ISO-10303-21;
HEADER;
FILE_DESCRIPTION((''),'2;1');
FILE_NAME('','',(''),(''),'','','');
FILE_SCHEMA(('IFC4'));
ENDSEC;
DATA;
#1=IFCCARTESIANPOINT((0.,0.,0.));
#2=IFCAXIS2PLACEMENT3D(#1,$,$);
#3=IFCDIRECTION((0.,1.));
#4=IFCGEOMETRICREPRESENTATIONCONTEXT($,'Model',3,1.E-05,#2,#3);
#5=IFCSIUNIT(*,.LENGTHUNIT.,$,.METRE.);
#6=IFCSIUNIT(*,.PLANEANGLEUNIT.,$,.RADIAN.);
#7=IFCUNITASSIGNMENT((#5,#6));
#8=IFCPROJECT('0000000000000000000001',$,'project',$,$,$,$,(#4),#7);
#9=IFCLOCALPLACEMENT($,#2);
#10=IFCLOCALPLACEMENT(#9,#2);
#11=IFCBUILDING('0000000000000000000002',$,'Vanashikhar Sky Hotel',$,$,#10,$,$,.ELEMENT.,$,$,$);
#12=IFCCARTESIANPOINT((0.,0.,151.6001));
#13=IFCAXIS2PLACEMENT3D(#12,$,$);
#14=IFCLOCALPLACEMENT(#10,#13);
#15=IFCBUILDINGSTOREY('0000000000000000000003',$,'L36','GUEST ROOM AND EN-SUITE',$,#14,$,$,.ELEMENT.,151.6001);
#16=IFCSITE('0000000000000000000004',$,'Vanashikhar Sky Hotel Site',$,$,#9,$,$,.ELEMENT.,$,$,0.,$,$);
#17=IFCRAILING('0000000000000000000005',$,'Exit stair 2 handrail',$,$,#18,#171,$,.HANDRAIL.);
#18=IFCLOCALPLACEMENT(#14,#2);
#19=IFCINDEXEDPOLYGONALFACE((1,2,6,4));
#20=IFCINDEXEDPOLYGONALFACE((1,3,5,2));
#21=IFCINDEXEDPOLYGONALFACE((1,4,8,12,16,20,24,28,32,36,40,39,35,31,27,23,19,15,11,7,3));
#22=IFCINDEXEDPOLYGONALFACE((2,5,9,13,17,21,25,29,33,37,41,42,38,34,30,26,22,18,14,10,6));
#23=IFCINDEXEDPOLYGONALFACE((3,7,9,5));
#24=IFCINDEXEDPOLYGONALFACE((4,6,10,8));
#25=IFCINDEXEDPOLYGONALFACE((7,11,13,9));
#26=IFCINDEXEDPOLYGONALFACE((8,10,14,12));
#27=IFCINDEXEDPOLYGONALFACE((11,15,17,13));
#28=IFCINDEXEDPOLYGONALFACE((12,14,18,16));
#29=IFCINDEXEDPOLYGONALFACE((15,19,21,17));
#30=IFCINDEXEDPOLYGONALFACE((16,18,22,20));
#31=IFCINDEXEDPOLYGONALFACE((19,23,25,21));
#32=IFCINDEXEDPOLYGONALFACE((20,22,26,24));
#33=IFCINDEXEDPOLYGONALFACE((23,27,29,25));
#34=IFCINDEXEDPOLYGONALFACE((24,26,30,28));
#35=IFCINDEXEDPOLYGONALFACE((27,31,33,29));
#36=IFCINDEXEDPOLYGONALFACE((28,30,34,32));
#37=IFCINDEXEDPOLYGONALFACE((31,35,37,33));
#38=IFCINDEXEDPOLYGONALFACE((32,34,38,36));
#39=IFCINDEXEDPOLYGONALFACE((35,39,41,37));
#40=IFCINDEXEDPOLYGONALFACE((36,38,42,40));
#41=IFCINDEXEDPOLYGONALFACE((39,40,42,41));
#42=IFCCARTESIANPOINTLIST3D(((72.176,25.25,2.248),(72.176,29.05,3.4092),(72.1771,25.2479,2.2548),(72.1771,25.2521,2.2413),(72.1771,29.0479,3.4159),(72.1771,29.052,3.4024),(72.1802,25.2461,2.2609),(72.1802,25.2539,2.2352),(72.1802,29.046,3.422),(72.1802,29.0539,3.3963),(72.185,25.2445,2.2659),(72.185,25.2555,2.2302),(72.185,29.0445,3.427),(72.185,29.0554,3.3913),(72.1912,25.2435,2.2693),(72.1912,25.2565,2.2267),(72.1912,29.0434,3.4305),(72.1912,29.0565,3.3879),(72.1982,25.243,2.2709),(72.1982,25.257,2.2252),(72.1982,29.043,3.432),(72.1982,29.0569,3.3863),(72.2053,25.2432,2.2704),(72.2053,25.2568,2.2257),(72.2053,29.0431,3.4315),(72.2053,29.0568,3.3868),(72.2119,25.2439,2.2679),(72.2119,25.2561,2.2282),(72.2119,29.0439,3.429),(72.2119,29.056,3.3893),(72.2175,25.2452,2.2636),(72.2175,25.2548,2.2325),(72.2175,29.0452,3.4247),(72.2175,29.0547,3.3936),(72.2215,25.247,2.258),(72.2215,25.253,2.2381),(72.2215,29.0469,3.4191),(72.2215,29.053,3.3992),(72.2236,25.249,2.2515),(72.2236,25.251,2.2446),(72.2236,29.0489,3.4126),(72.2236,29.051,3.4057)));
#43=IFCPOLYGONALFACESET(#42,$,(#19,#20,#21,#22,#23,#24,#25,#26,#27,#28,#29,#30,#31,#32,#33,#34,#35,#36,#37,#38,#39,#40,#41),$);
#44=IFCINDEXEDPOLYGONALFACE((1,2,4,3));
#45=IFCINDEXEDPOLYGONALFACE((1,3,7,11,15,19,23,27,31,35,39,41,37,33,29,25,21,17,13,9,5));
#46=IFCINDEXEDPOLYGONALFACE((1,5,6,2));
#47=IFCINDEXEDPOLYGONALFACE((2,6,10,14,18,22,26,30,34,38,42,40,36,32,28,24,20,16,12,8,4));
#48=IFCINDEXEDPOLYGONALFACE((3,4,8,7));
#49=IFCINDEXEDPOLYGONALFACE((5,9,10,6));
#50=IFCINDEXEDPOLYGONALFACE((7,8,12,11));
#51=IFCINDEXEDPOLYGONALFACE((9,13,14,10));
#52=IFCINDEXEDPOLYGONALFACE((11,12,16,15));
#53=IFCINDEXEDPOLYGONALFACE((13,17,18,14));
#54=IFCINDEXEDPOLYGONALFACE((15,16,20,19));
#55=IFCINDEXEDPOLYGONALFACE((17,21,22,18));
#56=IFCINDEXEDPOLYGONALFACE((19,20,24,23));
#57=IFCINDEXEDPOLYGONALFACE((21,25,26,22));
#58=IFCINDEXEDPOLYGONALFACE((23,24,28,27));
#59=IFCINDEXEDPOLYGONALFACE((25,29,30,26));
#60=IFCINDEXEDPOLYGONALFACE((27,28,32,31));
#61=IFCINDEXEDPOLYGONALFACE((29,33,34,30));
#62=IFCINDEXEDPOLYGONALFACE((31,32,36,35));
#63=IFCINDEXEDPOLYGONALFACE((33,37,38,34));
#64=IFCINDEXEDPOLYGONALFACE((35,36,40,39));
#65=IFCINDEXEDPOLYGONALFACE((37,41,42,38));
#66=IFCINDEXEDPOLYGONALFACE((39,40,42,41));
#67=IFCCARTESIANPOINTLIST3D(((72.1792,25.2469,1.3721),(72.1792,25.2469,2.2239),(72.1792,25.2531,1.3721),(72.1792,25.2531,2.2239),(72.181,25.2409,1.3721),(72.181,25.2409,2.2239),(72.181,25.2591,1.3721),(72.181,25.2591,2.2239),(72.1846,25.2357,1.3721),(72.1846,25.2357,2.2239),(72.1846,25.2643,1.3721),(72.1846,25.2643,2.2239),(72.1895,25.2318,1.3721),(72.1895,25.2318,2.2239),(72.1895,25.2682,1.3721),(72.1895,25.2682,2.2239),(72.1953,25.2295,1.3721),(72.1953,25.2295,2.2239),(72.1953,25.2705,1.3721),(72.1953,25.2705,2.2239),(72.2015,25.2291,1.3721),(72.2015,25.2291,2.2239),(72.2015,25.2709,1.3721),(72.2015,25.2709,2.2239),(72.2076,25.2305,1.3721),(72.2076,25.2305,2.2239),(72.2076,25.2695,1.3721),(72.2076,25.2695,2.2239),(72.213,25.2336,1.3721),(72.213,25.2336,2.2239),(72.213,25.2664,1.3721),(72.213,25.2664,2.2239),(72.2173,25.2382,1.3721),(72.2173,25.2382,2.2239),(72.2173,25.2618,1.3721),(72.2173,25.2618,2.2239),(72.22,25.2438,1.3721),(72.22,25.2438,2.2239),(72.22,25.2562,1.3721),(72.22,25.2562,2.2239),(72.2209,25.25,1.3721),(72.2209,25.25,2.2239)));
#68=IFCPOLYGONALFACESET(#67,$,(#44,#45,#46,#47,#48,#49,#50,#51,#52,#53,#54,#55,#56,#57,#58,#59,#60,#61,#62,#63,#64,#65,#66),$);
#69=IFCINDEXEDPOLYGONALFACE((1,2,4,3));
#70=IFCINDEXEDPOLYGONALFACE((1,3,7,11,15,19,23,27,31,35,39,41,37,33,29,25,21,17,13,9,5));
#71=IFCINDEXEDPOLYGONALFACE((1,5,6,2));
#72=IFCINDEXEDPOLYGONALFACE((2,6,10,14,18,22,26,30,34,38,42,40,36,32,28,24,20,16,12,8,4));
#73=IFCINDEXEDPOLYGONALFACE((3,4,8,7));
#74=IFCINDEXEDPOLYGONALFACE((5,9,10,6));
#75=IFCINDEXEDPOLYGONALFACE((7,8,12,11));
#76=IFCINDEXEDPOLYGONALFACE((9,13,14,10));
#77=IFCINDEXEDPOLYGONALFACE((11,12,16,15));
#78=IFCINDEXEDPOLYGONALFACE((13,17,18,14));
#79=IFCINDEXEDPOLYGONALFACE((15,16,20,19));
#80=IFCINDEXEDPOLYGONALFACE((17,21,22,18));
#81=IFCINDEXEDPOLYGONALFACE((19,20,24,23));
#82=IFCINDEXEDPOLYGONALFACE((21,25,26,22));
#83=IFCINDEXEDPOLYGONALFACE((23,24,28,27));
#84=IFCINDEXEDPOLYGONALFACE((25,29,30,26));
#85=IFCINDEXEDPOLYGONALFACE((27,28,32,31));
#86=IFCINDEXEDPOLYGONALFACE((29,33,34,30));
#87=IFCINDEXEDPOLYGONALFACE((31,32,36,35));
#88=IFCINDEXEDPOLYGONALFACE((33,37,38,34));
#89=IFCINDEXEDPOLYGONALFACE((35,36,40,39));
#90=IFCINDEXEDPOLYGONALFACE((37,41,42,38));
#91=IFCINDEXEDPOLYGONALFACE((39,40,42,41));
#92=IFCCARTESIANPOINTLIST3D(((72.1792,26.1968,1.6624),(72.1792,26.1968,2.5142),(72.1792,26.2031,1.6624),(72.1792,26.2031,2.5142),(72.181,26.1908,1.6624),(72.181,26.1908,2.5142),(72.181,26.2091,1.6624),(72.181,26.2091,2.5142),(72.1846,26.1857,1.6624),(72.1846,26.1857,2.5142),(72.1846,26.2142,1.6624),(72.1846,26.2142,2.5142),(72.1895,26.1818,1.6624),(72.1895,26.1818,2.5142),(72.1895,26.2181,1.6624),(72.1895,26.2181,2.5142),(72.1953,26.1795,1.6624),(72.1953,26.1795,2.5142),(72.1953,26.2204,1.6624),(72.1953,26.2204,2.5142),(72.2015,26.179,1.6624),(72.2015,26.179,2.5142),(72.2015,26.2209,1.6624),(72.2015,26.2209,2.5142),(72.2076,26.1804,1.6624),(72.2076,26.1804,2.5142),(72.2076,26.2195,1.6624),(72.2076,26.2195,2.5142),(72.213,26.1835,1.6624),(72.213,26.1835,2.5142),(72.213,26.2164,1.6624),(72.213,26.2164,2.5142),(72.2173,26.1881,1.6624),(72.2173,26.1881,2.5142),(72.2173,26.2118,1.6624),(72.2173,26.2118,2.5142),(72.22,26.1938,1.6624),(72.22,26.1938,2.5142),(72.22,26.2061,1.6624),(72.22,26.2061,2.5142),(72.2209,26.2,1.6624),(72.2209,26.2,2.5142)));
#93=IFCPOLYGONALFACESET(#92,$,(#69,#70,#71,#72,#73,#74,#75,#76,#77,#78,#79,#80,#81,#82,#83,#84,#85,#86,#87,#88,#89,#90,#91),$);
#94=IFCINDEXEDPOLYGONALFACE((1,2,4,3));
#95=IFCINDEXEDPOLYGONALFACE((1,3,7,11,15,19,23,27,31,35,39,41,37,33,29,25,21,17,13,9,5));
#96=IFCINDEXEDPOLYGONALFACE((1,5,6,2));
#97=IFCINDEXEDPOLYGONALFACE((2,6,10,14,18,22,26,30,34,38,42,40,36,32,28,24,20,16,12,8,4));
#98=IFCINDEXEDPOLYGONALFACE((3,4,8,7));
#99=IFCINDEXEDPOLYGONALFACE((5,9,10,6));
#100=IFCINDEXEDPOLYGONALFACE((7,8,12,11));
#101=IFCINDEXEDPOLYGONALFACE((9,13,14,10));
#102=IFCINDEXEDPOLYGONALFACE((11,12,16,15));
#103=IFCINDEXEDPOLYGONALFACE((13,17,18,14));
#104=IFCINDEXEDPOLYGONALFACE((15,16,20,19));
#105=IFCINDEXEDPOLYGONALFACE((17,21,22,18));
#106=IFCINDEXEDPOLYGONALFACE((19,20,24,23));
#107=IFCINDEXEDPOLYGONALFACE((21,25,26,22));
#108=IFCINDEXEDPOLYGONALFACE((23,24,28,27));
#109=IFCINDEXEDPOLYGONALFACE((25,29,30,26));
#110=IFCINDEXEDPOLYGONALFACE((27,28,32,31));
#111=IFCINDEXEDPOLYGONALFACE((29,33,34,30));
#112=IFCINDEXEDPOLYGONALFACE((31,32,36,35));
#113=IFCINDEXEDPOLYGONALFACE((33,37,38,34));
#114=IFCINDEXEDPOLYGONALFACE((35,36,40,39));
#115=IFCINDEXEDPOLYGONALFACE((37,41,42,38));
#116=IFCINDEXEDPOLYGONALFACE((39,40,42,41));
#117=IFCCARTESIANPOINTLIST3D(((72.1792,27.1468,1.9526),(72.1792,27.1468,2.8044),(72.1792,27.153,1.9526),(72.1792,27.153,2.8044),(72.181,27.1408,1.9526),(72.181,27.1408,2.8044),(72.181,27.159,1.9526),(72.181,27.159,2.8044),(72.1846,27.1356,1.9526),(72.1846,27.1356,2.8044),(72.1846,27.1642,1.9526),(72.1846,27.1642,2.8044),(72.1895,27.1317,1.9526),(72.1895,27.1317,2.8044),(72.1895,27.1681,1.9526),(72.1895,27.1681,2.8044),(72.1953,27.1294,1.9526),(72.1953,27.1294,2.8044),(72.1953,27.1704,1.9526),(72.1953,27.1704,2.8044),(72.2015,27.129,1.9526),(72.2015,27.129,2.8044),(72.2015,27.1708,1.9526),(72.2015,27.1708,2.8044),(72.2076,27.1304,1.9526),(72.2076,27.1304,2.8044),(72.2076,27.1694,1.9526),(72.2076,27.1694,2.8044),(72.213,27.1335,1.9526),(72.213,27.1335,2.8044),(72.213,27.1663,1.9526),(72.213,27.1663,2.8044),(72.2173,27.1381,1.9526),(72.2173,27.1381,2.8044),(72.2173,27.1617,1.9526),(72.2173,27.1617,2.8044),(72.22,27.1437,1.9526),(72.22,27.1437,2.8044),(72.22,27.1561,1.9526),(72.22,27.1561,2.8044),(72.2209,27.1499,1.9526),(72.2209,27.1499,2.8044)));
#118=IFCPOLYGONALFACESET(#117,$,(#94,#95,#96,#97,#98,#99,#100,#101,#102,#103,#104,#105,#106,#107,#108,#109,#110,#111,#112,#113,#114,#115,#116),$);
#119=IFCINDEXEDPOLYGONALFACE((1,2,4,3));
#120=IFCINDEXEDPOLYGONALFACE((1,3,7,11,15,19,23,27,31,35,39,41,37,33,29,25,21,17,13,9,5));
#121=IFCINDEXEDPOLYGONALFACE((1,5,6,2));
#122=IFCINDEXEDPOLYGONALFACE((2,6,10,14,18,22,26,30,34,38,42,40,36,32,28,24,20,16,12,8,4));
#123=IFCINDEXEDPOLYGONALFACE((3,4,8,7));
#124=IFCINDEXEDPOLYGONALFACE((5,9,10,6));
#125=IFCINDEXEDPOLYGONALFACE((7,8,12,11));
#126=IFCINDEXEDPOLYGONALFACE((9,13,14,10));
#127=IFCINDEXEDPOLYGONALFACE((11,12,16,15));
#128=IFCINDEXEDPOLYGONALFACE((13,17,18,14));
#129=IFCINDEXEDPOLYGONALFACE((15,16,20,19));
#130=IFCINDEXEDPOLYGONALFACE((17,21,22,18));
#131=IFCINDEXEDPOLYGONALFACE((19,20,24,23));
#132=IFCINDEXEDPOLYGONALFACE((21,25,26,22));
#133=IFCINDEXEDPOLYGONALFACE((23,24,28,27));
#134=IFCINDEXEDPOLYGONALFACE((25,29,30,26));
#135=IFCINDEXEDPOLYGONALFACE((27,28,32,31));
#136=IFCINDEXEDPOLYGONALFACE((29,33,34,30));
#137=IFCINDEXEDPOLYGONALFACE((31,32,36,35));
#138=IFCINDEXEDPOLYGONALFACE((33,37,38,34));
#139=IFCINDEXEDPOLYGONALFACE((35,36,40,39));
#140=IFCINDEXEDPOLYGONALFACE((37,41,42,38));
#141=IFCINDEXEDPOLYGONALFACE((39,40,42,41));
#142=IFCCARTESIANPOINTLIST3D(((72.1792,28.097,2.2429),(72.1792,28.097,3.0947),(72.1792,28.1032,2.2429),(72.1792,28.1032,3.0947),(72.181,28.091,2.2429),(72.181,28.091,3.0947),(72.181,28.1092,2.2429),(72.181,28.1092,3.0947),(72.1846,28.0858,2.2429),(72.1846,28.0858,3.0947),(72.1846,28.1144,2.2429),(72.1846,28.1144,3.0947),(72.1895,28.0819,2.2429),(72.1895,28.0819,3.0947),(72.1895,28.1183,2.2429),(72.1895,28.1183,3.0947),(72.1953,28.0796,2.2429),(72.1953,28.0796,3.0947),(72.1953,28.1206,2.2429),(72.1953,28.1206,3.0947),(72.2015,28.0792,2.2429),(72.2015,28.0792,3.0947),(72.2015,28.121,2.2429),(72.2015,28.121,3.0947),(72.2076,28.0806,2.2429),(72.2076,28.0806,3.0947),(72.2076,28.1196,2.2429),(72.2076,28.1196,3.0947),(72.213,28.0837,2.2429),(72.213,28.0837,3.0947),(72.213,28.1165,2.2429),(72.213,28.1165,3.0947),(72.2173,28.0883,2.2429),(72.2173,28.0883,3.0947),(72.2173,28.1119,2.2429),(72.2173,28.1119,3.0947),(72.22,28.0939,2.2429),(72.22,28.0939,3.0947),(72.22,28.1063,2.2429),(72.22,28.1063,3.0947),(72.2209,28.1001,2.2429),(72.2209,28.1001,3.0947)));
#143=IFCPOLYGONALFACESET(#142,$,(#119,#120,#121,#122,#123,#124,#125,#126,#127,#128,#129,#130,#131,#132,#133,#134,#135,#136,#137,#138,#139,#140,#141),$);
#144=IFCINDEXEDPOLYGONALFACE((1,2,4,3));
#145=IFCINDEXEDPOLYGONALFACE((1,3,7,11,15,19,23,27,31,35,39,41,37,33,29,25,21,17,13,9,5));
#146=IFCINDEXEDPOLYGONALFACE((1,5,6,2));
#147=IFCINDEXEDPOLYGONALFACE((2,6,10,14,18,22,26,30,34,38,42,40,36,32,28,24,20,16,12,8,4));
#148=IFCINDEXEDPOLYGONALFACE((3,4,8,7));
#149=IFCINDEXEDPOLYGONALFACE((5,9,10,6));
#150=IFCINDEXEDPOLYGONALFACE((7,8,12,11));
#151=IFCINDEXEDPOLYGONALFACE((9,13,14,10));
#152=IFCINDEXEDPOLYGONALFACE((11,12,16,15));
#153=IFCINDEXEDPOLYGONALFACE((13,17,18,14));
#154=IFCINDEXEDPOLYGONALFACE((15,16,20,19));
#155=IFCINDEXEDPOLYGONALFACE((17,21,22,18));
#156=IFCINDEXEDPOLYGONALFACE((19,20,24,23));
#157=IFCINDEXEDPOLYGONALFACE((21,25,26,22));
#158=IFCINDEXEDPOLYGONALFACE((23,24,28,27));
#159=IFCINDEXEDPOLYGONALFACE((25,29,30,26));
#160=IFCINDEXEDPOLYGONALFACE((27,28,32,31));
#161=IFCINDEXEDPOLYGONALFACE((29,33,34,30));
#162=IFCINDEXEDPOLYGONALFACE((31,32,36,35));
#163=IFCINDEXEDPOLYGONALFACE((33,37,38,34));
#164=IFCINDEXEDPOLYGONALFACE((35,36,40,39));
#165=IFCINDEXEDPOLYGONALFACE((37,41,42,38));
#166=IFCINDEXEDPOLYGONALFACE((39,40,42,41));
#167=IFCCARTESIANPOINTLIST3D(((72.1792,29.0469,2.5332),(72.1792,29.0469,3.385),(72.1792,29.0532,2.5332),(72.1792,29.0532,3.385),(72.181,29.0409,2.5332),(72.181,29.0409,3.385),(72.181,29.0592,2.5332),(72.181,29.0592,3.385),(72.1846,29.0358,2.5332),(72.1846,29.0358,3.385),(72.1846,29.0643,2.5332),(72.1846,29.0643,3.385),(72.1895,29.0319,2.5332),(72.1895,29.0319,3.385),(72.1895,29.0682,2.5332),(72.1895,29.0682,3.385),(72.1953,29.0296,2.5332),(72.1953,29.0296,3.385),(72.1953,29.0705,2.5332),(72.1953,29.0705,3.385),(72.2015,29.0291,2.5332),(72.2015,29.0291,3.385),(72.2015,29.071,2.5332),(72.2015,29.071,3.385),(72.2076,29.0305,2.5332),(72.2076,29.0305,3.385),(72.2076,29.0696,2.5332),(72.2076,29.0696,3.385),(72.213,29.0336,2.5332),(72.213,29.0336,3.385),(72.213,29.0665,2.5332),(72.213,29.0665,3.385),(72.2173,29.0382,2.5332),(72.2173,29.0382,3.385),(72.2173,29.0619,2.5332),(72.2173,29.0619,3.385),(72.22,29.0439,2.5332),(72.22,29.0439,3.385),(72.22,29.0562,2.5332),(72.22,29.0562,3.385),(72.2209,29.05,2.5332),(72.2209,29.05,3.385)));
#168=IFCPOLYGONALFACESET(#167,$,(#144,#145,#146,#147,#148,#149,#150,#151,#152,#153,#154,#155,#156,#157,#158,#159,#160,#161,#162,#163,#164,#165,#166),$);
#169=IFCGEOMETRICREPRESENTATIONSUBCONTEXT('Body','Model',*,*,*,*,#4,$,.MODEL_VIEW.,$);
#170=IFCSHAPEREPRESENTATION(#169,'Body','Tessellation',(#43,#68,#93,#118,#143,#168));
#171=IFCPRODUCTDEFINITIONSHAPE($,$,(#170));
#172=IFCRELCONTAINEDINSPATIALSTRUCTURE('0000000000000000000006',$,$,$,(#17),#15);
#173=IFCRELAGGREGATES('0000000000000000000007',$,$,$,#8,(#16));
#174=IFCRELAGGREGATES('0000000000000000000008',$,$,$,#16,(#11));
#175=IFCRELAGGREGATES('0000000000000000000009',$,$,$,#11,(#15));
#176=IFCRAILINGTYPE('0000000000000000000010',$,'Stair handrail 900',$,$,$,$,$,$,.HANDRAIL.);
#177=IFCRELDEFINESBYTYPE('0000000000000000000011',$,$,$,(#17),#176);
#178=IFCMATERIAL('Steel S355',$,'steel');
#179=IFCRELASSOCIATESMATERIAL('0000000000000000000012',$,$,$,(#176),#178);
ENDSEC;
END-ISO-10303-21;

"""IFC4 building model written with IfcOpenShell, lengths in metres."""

from ifc_helpers import new_model, si_unit, direction, frame, origin, origin_2d, place, context, subcontext, project, spatial, circle, extrude, source, transform, mapped, material, type_object, element, save


model = new_model("IFC4")

# Units and contexts
model_context = context("Model", 3, precision=1e-05, world=origin(), true_north=direction((0.0, 1.0)))
body_context = subcontext(model_context, "Body", "Model", "MODEL_VIEW")
ifc_project = project(units=[si_unit("LENGTHUNIT", "METRE"), si_unit("PLANEANGLEUNIT", "RADIAN")], contexts=[model_context])

# Site, building, storey
site_placement = place(None, origin())
site = spatial("IfcSite", under=ifc_project, at=site_placement, Name="Vanashikhar Sky Hotel Site", CompositionType="ELEMENT", RefElevation=0.0)
building_placement = place(site_placement, origin())
building = spatial("IfcBuilding", under=site, at=building_placement, Name="Vanashikhar Sky Hotel", CompositionType="ELEMENT")
storey_placement = place(building_placement, frame((0.0, 0.0, 151.6001)))
storey = spatial("IfcBuildingStorey", under=building, at=storey_placement, Name="L36", Description="GUEST ROOM AND EN-SUITE", CompositionType="ELEMENT", Elevation=151.6001)

# Railing
ifc_material_1 = material(Name="Steel S355", Category="steel")
railing_type_1 = type_object("IfcRailingType", Name="Stair handrail 900", PredefinedType="HANDRAIL", material=ifc_material_1)
shared_shape_1 = source(origin(), body_context, "Body", "SweptSolid", [
    extrude(circle(Radius=0.0239, at=origin_2d()), frame((0.0, 0.0, 0.876), z_axis=(0.0, 0.956351, 0.29222), x_axis=(-1.0, 0.0, 0.0)), (0.0, 0.0, 1.0), 3.9734),
    extrude(circle(Radius=0.021, at=origin_2d()), origin(), (0.0, 0.0, 1.0), 0.8518),
    extrude(circle(Radius=0.021, at=origin_2d()), frame((0.0, 0.95, 0.2903)), (0.0, 0.0, 1.0), 0.8518),
    extrude(circle(Radius=0.021, at=origin_2d()), frame((0.0, 1.8999, 0.5806)), (0.0, 0.0, 1.0), 0.8518),
    extrude(circle(Radius=0.021, at=origin_2d()), frame((0.0, 2.8501, 0.8708)), (0.0, 0.0, 1.0), 0.8518),
    extrude(circle(Radius=0.021, at=origin_2d()), frame((0.0, 3.8, 1.1611)), (0.0, 0.0, 1.0), 0.8518),
])
railing_1_placement = place(storey_placement, frame((72.2, 25.25, 1.3721)))
element("IfcRailing", 1, at=railing_1_placement, inside=storey, type_object=railing_type_1, Name="Exit stair 2 handrail", PredefinedType="HANDRAIL", context=body_context, shape_type="MappedRepresentation", body=[
    mapped(shared_shape_1, transform((0.0, 0.0, 0.0), scale=1.0)),
])

save(model, "model.ifc")
